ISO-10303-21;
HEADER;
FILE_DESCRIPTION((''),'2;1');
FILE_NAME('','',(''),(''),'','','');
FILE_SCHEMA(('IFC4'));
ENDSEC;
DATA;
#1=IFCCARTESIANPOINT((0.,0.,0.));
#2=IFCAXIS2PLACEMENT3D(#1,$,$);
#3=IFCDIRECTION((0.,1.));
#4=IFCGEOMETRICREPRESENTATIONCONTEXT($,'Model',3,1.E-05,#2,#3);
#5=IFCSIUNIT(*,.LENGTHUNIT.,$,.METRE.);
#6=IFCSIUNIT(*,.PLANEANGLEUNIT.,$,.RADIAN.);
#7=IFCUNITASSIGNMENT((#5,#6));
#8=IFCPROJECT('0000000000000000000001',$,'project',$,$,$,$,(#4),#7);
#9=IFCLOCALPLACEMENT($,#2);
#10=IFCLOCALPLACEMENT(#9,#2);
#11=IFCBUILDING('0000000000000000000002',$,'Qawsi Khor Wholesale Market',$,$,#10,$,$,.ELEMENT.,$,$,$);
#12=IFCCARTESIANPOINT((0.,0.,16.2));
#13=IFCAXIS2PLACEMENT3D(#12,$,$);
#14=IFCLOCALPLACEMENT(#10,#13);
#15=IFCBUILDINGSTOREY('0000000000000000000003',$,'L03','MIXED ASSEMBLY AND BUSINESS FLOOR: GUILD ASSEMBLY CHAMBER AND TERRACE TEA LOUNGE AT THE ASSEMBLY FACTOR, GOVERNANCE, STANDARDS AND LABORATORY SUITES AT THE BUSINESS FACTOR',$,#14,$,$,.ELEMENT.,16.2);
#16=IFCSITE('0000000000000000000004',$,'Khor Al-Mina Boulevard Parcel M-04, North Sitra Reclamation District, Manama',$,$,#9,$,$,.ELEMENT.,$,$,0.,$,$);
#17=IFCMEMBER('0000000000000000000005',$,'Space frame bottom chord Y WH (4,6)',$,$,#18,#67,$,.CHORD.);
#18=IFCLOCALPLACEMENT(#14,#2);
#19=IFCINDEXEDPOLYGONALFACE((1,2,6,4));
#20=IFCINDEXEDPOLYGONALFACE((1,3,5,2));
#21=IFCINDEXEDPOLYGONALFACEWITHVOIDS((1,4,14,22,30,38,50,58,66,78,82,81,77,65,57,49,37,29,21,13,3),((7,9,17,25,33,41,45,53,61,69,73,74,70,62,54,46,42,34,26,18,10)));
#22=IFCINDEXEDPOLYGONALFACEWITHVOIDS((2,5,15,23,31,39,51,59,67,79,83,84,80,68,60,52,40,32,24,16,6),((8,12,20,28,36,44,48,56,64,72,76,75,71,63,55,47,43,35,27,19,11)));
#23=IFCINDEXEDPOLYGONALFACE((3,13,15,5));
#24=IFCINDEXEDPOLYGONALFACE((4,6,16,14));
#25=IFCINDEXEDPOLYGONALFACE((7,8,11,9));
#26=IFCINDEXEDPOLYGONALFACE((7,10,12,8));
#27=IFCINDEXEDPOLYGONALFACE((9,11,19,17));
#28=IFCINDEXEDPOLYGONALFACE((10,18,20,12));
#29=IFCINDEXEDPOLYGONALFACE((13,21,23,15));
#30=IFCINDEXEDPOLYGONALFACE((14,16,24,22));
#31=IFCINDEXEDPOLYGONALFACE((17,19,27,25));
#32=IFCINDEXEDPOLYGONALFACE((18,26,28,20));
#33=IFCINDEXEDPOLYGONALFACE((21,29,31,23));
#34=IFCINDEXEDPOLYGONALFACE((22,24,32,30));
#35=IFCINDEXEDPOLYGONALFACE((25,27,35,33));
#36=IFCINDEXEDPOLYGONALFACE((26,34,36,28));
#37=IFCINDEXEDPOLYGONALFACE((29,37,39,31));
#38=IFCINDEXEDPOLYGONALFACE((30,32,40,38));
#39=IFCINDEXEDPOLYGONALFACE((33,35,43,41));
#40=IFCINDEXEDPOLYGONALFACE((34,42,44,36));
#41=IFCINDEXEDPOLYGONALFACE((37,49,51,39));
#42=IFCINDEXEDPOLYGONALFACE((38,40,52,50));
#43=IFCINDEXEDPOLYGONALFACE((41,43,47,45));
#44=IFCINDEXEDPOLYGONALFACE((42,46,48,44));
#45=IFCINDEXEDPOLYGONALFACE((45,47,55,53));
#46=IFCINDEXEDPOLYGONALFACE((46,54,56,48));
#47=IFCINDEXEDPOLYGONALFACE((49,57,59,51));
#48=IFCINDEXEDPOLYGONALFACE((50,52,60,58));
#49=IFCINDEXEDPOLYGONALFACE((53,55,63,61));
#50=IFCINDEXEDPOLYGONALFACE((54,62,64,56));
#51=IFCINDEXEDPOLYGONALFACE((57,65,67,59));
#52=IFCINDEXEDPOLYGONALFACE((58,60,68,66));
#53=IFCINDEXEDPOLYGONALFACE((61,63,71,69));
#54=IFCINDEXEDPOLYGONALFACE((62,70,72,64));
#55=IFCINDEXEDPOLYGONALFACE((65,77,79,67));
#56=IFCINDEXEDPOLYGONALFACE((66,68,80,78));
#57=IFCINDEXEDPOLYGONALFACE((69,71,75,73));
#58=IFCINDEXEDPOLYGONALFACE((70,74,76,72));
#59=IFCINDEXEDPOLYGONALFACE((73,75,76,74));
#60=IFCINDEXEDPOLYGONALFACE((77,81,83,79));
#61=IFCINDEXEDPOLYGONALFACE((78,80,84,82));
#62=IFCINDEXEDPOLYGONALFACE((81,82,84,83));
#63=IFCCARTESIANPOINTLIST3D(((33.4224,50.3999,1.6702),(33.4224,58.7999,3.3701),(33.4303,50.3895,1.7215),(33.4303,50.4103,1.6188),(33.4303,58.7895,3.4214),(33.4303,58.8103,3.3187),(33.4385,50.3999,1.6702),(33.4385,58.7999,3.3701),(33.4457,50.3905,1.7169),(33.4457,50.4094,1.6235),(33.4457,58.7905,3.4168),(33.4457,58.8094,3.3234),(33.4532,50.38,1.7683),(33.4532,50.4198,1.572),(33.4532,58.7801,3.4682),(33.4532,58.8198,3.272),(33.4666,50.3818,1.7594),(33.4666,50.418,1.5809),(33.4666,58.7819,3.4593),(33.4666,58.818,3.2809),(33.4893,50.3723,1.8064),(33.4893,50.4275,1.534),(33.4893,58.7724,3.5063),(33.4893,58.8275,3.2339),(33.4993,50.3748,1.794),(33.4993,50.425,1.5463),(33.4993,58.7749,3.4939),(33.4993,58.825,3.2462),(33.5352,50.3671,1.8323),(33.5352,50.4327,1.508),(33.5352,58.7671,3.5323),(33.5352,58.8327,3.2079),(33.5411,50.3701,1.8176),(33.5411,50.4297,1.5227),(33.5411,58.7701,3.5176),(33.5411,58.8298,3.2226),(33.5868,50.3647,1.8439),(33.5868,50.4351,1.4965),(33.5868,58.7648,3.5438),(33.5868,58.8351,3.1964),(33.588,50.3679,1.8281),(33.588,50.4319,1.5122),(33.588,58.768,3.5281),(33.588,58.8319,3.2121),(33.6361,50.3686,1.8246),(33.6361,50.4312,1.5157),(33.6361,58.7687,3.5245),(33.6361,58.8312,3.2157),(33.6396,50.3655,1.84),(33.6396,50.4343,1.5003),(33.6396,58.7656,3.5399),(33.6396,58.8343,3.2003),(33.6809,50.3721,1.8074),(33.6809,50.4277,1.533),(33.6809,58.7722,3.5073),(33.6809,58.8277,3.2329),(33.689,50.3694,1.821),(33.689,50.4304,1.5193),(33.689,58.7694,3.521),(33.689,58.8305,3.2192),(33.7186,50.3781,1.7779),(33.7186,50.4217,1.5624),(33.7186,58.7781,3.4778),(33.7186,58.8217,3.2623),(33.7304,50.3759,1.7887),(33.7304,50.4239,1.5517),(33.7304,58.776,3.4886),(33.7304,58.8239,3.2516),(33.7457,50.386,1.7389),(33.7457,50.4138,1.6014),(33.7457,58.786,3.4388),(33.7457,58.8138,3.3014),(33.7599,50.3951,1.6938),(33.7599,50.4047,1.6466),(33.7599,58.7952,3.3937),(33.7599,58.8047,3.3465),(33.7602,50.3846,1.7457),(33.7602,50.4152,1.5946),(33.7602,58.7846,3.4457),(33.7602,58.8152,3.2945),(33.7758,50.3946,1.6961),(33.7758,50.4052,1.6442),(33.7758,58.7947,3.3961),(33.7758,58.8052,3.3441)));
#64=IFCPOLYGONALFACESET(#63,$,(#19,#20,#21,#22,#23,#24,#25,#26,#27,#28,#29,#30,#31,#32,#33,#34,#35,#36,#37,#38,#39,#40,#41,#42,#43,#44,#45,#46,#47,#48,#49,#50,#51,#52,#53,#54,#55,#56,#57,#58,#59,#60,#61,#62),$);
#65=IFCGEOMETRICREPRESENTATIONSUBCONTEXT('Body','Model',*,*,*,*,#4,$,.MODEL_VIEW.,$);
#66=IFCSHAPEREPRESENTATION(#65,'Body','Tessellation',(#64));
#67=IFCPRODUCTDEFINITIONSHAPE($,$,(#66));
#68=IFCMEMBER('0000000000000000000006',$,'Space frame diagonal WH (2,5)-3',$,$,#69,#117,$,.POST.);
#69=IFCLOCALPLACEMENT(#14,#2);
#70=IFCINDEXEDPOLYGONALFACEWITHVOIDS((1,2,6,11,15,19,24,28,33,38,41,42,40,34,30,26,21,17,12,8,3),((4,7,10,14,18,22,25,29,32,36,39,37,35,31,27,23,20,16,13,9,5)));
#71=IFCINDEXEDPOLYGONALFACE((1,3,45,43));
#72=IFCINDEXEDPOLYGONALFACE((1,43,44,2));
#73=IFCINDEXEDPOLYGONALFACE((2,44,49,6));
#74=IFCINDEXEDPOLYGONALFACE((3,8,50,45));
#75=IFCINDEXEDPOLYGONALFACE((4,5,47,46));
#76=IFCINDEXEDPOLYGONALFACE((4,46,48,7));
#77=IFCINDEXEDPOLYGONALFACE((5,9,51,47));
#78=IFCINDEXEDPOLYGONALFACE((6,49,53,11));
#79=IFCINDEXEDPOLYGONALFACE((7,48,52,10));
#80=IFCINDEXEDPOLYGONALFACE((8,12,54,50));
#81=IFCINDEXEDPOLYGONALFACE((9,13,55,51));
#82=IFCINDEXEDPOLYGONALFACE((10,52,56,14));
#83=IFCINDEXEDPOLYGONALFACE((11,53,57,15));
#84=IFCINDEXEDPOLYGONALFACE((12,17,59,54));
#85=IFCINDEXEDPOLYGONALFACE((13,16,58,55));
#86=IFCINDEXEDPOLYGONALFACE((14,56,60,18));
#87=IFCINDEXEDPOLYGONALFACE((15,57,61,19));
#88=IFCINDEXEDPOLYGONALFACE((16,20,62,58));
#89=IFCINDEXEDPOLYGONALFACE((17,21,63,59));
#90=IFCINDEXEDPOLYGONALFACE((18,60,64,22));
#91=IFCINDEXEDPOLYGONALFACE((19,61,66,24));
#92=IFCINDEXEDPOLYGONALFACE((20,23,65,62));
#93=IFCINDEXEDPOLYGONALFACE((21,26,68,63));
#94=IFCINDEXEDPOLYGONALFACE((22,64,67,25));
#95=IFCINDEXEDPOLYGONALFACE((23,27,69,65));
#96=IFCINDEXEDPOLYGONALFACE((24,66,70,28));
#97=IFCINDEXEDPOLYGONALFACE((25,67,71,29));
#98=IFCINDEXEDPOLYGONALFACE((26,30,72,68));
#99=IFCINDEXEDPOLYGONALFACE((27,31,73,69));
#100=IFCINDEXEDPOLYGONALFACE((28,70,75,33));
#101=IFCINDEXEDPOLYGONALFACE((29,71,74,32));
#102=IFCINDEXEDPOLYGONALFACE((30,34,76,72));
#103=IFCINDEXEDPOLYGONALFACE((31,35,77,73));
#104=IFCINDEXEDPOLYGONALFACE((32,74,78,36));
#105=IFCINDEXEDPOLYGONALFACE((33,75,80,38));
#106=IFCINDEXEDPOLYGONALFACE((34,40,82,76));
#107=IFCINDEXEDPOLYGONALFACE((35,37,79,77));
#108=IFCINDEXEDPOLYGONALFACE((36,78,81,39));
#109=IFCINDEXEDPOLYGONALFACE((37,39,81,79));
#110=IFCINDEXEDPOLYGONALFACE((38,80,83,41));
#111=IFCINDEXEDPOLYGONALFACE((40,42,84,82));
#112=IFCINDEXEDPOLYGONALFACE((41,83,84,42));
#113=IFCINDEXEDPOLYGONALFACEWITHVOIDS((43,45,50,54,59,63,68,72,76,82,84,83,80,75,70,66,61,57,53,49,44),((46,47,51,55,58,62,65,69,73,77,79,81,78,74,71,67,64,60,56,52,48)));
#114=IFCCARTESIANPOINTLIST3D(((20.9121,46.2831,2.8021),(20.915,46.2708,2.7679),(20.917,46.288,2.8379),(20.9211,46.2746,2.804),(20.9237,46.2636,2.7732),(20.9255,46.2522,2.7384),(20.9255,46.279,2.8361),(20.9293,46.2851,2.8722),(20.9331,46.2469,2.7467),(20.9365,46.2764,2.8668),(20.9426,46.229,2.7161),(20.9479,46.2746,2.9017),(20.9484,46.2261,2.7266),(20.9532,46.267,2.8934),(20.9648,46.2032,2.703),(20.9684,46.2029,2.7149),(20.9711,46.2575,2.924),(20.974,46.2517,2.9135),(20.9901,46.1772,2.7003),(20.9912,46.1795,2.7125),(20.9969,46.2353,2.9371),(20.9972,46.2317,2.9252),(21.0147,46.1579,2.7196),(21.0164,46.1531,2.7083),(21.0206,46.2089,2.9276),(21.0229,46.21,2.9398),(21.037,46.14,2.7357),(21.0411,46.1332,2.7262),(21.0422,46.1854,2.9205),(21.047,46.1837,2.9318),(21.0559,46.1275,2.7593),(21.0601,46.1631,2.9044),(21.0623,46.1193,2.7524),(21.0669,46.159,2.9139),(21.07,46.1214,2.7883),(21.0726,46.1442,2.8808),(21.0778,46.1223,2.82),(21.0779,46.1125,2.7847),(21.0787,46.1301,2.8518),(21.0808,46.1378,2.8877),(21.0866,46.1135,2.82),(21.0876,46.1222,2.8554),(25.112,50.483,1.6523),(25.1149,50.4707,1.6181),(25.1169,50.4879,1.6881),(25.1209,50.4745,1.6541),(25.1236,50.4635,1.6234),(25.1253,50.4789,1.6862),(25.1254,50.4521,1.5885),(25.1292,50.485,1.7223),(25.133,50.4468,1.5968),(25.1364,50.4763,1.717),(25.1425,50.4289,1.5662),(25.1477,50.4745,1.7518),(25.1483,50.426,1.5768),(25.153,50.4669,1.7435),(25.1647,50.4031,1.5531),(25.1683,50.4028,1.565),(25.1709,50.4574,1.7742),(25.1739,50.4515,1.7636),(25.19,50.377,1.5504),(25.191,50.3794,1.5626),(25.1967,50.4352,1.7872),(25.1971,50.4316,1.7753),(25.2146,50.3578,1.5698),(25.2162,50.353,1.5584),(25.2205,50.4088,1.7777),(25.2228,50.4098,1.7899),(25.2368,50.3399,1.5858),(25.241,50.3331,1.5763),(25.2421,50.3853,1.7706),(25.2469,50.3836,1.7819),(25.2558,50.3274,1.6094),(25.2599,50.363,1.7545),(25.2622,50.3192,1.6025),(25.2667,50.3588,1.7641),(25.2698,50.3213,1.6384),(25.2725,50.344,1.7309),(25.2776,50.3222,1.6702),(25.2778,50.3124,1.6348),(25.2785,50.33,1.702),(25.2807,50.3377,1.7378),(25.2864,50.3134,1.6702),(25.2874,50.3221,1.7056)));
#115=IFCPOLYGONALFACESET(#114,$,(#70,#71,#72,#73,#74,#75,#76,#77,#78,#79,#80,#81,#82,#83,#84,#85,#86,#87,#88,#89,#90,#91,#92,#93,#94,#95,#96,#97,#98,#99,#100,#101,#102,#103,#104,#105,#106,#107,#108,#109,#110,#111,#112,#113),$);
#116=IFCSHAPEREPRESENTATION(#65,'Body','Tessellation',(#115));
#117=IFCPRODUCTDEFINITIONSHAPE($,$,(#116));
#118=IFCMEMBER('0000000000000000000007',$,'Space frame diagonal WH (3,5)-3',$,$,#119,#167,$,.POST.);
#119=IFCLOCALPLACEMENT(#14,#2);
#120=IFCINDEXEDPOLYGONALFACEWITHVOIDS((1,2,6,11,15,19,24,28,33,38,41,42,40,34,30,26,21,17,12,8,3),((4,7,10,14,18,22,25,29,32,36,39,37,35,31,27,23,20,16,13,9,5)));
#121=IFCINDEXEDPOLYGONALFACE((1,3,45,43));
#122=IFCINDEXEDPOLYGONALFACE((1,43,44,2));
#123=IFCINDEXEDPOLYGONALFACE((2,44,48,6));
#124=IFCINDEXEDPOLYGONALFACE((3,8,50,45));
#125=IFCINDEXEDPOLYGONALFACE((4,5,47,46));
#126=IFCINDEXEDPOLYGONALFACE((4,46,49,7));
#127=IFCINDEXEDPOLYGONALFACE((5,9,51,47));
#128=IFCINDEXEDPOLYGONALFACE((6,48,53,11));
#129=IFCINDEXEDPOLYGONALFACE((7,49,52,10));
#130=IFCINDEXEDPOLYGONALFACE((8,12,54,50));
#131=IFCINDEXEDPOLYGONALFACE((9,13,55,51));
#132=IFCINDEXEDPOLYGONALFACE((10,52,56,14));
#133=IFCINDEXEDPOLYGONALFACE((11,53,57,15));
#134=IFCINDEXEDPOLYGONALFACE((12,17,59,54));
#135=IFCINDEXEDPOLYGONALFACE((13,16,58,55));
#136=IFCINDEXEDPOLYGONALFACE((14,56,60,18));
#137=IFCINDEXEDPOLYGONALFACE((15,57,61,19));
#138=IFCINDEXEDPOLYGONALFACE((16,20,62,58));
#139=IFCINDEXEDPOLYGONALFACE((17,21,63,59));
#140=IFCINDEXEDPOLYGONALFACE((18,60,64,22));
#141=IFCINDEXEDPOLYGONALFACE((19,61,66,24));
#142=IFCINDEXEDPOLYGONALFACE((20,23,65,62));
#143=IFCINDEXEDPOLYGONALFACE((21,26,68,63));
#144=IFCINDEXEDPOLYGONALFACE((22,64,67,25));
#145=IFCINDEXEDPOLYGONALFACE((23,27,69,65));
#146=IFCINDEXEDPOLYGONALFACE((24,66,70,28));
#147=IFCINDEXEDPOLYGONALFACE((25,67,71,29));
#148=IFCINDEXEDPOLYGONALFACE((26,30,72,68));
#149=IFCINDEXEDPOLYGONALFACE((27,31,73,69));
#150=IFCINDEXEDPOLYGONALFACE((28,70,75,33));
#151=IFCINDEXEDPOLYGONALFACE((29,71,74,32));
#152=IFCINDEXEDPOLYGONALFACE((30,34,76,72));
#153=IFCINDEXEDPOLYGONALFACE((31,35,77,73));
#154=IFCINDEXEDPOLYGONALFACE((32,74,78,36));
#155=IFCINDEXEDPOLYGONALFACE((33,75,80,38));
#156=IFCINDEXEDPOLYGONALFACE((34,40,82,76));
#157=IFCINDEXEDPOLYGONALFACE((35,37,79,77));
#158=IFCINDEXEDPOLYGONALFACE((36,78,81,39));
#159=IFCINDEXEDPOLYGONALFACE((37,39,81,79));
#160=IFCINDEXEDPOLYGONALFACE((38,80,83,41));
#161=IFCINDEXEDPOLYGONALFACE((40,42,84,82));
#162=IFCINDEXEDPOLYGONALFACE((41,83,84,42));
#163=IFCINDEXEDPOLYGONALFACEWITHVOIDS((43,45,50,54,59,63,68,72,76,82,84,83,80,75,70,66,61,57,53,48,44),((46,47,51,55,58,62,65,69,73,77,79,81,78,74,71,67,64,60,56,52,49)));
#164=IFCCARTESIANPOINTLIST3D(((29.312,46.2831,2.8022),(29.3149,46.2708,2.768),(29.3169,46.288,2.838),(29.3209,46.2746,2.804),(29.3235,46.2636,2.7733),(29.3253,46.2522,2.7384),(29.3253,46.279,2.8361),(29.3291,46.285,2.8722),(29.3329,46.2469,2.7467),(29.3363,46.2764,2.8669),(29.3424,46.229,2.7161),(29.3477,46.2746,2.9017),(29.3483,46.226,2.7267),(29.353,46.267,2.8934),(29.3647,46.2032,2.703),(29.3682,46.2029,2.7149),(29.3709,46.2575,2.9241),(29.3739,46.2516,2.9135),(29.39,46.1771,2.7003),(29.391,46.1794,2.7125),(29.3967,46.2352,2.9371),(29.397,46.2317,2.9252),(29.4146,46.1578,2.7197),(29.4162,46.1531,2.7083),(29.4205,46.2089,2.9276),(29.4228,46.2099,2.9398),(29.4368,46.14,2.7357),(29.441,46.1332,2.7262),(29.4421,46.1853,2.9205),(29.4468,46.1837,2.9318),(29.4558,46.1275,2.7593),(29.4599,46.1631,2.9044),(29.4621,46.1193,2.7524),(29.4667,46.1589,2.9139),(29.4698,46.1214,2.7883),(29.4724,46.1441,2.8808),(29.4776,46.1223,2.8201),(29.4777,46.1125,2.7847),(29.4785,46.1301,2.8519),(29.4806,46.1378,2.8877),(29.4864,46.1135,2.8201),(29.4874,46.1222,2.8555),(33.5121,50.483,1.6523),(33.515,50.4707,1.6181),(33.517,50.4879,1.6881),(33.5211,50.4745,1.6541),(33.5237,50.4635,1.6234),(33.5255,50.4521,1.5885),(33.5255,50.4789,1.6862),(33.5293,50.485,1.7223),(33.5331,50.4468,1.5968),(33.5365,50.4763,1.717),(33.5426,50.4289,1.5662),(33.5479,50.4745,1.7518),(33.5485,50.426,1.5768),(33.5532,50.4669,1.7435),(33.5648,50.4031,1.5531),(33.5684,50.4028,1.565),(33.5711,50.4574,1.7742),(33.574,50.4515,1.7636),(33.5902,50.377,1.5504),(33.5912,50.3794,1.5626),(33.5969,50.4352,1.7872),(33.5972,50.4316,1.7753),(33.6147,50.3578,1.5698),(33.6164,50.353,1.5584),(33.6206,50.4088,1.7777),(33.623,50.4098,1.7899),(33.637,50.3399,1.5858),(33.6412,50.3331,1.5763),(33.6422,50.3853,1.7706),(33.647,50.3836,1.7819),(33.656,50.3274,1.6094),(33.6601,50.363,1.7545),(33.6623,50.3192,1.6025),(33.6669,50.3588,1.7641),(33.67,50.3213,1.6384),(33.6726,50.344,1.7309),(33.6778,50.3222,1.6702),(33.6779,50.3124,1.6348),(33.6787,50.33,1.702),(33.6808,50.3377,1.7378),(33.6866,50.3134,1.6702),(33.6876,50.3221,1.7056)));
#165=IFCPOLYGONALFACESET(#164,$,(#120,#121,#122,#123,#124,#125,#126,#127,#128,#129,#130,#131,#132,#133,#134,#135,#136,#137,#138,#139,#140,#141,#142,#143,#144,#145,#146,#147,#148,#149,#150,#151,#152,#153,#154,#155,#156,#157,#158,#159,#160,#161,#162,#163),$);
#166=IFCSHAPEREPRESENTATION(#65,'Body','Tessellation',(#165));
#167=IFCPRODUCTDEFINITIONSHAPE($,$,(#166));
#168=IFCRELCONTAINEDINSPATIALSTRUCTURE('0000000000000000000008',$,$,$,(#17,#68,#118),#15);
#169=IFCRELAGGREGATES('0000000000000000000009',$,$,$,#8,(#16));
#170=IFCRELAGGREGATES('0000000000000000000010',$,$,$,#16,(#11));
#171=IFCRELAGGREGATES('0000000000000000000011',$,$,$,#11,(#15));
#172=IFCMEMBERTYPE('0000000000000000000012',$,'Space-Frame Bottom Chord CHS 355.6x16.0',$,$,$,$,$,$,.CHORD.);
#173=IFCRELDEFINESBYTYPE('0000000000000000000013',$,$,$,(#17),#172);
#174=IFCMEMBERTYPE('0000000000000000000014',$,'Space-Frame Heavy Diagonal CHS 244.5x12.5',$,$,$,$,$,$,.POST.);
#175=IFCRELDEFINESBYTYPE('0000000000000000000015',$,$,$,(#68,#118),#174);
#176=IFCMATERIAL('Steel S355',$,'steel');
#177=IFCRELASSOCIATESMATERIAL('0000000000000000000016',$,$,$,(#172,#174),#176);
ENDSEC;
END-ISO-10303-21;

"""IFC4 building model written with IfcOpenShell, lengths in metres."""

from ifc_helpers import new_model, si_unit, direction, frame, origin, origin_2d, place, context, subcontext, project, spatial, hollow_circle, extrude, material, material_profile, profile_set, type_object, element, save


model = new_model("IFC4")

# Units and contexts
model_context = context("Model", 3, precision=1e-05, world=origin(), true_north=direction((0.0, 1.0)))
body_context = subcontext(model_context, "Body", "Model", "MODEL_VIEW")
ifc_project = project(units=[si_unit("LENGTHUNIT", "METRE"), si_unit("PLANEANGLEUNIT", "RADIAN")], contexts=[model_context])

# Site, building, storey
site_placement = place(None, origin())
site = spatial("IfcSite", under=ifc_project, at=site_placement, Name="Khor Al-Mina Boulevard Parcel M-04, North Sitra Reclamation District, Manama", CompositionType="ELEMENT", RefElevation=0.0)
building_placement = place(site_placement, origin())
building = spatial("IfcBuilding", under=site, at=building_placement, Name="Qawsi Khor Wholesale Market", CompositionType="ELEMENT")
storey_placement = place(building_placement, frame((0.0, 0.0, 16.2)))
storey = spatial("IfcBuildingStorey", under=building, at=storey_placement, Name="L03", Description="MIXED ASSEMBLY AND BUSINESS FLOOR: GUILD ASSEMBLY CHAMBER AND TERRACE TEA LOUNGE AT THE ASSEMBLY FACTOR, GOVERNANCE, STANDARDS AND LABORATORY SUITES AT THE BUSINESS FACTOR", CompositionType="ELEMENT", Elevation=16.2)

# Members
ifc_material_1 = material(Name="Steel S355", Category="steel")
ifc_material_profile_1 = material_profile(ifc_material_1, hollow_circle(Radius=0.1777, WallThickness=0.0161, at=origin_2d()), Name="CHS 355.6x16.0")
ifc_profile_set_1 = profile_set([ifc_material_profile_1], Name="Steel S355")
member_type_1 = type_object("IfcMemberType", Name="Space-Frame Bottom Chord CHS 355.6x16.0", PredefinedType="CHORD", material=ifc_profile_set_1)
for number, where, z_axis, x_axis, name in (
    (1, (33.6001, 50.3999, 1.6702), (0.0, 0.980131, 0.198351), (-1.0, 0.0, 0.0), "Space frame bottom chord Y WH (4,6)"),
):
    element("IfcMember", number, at=place(storey_placement, frame(where, z_axis=z_axis, x_axis=x_axis)), inside=storey, type_object=member_type_1, Name=name, PredefinedType="CHORD", context=body_context, shape_type="SweptSolid", body=[
        extrude(hollow_circle(Radius=0.1777, WallThickness=0.0161, at=origin_2d()), origin(), (0.0, 0.0, 1.0), 8.5703),
    ])
ifc_material_profile_2 = material_profile(ifc_material_1, hollow_circle(Radius=0.1223, WallThickness=0.0125, at=origin_2d()), Name="CHS 244.5x12.5")
ifc_profile_set_2 = profile_set([ifc_material_profile_2], Name="Steel S355")
member_type_2 = type_object("IfcMemberType", Name="Space-Frame Heavy Diagonal CHS 244.5x12.5", PredefinedType="POST", material=ifc_profile_set_2)
member_1_placement = place(storey_placement, frame((25.2, 50.3999, 1.6702), z_axis=(-0.694217, -0.694217, 0.190069), x_axis=(0.707107, -0.707107, 0.0)))
element("IfcMember", 2, at=member_1_placement, inside=storey, type_object=member_type_2, Name="Space frame diagonal WH (2,5)-3", PredefinedType="POST", context=body_context, shape_type="SweptSolid", body=[
    extrude(hollow_circle(Radius=0.1223, WallThickness=0.0125, at=origin_2d()), origin(), (0.0, 0.0, 1.0), 6.0498),
])
member_2_placement = place(storey_placement, frame((33.6001, 50.3999, 1.6702), z_axis=(-0.694238, -0.694197, 0.190064), x_axis=(0.707086, -0.707127, 0.0)))
element("IfcMember", 3, at=member_2_placement, inside=storey, type_object=member_type_2, Name="Space frame diagonal WH (3,5)-3", PredefinedType="POST", context=body_context, shape_type="SweptSolid", body=[
    extrude(hollow_circle(Radius=0.1223, WallThickness=0.0125, at=origin_2d()), origin(), (0.0, 0.0, 1.0), 6.05),
])

save(model, "model.ifc")
